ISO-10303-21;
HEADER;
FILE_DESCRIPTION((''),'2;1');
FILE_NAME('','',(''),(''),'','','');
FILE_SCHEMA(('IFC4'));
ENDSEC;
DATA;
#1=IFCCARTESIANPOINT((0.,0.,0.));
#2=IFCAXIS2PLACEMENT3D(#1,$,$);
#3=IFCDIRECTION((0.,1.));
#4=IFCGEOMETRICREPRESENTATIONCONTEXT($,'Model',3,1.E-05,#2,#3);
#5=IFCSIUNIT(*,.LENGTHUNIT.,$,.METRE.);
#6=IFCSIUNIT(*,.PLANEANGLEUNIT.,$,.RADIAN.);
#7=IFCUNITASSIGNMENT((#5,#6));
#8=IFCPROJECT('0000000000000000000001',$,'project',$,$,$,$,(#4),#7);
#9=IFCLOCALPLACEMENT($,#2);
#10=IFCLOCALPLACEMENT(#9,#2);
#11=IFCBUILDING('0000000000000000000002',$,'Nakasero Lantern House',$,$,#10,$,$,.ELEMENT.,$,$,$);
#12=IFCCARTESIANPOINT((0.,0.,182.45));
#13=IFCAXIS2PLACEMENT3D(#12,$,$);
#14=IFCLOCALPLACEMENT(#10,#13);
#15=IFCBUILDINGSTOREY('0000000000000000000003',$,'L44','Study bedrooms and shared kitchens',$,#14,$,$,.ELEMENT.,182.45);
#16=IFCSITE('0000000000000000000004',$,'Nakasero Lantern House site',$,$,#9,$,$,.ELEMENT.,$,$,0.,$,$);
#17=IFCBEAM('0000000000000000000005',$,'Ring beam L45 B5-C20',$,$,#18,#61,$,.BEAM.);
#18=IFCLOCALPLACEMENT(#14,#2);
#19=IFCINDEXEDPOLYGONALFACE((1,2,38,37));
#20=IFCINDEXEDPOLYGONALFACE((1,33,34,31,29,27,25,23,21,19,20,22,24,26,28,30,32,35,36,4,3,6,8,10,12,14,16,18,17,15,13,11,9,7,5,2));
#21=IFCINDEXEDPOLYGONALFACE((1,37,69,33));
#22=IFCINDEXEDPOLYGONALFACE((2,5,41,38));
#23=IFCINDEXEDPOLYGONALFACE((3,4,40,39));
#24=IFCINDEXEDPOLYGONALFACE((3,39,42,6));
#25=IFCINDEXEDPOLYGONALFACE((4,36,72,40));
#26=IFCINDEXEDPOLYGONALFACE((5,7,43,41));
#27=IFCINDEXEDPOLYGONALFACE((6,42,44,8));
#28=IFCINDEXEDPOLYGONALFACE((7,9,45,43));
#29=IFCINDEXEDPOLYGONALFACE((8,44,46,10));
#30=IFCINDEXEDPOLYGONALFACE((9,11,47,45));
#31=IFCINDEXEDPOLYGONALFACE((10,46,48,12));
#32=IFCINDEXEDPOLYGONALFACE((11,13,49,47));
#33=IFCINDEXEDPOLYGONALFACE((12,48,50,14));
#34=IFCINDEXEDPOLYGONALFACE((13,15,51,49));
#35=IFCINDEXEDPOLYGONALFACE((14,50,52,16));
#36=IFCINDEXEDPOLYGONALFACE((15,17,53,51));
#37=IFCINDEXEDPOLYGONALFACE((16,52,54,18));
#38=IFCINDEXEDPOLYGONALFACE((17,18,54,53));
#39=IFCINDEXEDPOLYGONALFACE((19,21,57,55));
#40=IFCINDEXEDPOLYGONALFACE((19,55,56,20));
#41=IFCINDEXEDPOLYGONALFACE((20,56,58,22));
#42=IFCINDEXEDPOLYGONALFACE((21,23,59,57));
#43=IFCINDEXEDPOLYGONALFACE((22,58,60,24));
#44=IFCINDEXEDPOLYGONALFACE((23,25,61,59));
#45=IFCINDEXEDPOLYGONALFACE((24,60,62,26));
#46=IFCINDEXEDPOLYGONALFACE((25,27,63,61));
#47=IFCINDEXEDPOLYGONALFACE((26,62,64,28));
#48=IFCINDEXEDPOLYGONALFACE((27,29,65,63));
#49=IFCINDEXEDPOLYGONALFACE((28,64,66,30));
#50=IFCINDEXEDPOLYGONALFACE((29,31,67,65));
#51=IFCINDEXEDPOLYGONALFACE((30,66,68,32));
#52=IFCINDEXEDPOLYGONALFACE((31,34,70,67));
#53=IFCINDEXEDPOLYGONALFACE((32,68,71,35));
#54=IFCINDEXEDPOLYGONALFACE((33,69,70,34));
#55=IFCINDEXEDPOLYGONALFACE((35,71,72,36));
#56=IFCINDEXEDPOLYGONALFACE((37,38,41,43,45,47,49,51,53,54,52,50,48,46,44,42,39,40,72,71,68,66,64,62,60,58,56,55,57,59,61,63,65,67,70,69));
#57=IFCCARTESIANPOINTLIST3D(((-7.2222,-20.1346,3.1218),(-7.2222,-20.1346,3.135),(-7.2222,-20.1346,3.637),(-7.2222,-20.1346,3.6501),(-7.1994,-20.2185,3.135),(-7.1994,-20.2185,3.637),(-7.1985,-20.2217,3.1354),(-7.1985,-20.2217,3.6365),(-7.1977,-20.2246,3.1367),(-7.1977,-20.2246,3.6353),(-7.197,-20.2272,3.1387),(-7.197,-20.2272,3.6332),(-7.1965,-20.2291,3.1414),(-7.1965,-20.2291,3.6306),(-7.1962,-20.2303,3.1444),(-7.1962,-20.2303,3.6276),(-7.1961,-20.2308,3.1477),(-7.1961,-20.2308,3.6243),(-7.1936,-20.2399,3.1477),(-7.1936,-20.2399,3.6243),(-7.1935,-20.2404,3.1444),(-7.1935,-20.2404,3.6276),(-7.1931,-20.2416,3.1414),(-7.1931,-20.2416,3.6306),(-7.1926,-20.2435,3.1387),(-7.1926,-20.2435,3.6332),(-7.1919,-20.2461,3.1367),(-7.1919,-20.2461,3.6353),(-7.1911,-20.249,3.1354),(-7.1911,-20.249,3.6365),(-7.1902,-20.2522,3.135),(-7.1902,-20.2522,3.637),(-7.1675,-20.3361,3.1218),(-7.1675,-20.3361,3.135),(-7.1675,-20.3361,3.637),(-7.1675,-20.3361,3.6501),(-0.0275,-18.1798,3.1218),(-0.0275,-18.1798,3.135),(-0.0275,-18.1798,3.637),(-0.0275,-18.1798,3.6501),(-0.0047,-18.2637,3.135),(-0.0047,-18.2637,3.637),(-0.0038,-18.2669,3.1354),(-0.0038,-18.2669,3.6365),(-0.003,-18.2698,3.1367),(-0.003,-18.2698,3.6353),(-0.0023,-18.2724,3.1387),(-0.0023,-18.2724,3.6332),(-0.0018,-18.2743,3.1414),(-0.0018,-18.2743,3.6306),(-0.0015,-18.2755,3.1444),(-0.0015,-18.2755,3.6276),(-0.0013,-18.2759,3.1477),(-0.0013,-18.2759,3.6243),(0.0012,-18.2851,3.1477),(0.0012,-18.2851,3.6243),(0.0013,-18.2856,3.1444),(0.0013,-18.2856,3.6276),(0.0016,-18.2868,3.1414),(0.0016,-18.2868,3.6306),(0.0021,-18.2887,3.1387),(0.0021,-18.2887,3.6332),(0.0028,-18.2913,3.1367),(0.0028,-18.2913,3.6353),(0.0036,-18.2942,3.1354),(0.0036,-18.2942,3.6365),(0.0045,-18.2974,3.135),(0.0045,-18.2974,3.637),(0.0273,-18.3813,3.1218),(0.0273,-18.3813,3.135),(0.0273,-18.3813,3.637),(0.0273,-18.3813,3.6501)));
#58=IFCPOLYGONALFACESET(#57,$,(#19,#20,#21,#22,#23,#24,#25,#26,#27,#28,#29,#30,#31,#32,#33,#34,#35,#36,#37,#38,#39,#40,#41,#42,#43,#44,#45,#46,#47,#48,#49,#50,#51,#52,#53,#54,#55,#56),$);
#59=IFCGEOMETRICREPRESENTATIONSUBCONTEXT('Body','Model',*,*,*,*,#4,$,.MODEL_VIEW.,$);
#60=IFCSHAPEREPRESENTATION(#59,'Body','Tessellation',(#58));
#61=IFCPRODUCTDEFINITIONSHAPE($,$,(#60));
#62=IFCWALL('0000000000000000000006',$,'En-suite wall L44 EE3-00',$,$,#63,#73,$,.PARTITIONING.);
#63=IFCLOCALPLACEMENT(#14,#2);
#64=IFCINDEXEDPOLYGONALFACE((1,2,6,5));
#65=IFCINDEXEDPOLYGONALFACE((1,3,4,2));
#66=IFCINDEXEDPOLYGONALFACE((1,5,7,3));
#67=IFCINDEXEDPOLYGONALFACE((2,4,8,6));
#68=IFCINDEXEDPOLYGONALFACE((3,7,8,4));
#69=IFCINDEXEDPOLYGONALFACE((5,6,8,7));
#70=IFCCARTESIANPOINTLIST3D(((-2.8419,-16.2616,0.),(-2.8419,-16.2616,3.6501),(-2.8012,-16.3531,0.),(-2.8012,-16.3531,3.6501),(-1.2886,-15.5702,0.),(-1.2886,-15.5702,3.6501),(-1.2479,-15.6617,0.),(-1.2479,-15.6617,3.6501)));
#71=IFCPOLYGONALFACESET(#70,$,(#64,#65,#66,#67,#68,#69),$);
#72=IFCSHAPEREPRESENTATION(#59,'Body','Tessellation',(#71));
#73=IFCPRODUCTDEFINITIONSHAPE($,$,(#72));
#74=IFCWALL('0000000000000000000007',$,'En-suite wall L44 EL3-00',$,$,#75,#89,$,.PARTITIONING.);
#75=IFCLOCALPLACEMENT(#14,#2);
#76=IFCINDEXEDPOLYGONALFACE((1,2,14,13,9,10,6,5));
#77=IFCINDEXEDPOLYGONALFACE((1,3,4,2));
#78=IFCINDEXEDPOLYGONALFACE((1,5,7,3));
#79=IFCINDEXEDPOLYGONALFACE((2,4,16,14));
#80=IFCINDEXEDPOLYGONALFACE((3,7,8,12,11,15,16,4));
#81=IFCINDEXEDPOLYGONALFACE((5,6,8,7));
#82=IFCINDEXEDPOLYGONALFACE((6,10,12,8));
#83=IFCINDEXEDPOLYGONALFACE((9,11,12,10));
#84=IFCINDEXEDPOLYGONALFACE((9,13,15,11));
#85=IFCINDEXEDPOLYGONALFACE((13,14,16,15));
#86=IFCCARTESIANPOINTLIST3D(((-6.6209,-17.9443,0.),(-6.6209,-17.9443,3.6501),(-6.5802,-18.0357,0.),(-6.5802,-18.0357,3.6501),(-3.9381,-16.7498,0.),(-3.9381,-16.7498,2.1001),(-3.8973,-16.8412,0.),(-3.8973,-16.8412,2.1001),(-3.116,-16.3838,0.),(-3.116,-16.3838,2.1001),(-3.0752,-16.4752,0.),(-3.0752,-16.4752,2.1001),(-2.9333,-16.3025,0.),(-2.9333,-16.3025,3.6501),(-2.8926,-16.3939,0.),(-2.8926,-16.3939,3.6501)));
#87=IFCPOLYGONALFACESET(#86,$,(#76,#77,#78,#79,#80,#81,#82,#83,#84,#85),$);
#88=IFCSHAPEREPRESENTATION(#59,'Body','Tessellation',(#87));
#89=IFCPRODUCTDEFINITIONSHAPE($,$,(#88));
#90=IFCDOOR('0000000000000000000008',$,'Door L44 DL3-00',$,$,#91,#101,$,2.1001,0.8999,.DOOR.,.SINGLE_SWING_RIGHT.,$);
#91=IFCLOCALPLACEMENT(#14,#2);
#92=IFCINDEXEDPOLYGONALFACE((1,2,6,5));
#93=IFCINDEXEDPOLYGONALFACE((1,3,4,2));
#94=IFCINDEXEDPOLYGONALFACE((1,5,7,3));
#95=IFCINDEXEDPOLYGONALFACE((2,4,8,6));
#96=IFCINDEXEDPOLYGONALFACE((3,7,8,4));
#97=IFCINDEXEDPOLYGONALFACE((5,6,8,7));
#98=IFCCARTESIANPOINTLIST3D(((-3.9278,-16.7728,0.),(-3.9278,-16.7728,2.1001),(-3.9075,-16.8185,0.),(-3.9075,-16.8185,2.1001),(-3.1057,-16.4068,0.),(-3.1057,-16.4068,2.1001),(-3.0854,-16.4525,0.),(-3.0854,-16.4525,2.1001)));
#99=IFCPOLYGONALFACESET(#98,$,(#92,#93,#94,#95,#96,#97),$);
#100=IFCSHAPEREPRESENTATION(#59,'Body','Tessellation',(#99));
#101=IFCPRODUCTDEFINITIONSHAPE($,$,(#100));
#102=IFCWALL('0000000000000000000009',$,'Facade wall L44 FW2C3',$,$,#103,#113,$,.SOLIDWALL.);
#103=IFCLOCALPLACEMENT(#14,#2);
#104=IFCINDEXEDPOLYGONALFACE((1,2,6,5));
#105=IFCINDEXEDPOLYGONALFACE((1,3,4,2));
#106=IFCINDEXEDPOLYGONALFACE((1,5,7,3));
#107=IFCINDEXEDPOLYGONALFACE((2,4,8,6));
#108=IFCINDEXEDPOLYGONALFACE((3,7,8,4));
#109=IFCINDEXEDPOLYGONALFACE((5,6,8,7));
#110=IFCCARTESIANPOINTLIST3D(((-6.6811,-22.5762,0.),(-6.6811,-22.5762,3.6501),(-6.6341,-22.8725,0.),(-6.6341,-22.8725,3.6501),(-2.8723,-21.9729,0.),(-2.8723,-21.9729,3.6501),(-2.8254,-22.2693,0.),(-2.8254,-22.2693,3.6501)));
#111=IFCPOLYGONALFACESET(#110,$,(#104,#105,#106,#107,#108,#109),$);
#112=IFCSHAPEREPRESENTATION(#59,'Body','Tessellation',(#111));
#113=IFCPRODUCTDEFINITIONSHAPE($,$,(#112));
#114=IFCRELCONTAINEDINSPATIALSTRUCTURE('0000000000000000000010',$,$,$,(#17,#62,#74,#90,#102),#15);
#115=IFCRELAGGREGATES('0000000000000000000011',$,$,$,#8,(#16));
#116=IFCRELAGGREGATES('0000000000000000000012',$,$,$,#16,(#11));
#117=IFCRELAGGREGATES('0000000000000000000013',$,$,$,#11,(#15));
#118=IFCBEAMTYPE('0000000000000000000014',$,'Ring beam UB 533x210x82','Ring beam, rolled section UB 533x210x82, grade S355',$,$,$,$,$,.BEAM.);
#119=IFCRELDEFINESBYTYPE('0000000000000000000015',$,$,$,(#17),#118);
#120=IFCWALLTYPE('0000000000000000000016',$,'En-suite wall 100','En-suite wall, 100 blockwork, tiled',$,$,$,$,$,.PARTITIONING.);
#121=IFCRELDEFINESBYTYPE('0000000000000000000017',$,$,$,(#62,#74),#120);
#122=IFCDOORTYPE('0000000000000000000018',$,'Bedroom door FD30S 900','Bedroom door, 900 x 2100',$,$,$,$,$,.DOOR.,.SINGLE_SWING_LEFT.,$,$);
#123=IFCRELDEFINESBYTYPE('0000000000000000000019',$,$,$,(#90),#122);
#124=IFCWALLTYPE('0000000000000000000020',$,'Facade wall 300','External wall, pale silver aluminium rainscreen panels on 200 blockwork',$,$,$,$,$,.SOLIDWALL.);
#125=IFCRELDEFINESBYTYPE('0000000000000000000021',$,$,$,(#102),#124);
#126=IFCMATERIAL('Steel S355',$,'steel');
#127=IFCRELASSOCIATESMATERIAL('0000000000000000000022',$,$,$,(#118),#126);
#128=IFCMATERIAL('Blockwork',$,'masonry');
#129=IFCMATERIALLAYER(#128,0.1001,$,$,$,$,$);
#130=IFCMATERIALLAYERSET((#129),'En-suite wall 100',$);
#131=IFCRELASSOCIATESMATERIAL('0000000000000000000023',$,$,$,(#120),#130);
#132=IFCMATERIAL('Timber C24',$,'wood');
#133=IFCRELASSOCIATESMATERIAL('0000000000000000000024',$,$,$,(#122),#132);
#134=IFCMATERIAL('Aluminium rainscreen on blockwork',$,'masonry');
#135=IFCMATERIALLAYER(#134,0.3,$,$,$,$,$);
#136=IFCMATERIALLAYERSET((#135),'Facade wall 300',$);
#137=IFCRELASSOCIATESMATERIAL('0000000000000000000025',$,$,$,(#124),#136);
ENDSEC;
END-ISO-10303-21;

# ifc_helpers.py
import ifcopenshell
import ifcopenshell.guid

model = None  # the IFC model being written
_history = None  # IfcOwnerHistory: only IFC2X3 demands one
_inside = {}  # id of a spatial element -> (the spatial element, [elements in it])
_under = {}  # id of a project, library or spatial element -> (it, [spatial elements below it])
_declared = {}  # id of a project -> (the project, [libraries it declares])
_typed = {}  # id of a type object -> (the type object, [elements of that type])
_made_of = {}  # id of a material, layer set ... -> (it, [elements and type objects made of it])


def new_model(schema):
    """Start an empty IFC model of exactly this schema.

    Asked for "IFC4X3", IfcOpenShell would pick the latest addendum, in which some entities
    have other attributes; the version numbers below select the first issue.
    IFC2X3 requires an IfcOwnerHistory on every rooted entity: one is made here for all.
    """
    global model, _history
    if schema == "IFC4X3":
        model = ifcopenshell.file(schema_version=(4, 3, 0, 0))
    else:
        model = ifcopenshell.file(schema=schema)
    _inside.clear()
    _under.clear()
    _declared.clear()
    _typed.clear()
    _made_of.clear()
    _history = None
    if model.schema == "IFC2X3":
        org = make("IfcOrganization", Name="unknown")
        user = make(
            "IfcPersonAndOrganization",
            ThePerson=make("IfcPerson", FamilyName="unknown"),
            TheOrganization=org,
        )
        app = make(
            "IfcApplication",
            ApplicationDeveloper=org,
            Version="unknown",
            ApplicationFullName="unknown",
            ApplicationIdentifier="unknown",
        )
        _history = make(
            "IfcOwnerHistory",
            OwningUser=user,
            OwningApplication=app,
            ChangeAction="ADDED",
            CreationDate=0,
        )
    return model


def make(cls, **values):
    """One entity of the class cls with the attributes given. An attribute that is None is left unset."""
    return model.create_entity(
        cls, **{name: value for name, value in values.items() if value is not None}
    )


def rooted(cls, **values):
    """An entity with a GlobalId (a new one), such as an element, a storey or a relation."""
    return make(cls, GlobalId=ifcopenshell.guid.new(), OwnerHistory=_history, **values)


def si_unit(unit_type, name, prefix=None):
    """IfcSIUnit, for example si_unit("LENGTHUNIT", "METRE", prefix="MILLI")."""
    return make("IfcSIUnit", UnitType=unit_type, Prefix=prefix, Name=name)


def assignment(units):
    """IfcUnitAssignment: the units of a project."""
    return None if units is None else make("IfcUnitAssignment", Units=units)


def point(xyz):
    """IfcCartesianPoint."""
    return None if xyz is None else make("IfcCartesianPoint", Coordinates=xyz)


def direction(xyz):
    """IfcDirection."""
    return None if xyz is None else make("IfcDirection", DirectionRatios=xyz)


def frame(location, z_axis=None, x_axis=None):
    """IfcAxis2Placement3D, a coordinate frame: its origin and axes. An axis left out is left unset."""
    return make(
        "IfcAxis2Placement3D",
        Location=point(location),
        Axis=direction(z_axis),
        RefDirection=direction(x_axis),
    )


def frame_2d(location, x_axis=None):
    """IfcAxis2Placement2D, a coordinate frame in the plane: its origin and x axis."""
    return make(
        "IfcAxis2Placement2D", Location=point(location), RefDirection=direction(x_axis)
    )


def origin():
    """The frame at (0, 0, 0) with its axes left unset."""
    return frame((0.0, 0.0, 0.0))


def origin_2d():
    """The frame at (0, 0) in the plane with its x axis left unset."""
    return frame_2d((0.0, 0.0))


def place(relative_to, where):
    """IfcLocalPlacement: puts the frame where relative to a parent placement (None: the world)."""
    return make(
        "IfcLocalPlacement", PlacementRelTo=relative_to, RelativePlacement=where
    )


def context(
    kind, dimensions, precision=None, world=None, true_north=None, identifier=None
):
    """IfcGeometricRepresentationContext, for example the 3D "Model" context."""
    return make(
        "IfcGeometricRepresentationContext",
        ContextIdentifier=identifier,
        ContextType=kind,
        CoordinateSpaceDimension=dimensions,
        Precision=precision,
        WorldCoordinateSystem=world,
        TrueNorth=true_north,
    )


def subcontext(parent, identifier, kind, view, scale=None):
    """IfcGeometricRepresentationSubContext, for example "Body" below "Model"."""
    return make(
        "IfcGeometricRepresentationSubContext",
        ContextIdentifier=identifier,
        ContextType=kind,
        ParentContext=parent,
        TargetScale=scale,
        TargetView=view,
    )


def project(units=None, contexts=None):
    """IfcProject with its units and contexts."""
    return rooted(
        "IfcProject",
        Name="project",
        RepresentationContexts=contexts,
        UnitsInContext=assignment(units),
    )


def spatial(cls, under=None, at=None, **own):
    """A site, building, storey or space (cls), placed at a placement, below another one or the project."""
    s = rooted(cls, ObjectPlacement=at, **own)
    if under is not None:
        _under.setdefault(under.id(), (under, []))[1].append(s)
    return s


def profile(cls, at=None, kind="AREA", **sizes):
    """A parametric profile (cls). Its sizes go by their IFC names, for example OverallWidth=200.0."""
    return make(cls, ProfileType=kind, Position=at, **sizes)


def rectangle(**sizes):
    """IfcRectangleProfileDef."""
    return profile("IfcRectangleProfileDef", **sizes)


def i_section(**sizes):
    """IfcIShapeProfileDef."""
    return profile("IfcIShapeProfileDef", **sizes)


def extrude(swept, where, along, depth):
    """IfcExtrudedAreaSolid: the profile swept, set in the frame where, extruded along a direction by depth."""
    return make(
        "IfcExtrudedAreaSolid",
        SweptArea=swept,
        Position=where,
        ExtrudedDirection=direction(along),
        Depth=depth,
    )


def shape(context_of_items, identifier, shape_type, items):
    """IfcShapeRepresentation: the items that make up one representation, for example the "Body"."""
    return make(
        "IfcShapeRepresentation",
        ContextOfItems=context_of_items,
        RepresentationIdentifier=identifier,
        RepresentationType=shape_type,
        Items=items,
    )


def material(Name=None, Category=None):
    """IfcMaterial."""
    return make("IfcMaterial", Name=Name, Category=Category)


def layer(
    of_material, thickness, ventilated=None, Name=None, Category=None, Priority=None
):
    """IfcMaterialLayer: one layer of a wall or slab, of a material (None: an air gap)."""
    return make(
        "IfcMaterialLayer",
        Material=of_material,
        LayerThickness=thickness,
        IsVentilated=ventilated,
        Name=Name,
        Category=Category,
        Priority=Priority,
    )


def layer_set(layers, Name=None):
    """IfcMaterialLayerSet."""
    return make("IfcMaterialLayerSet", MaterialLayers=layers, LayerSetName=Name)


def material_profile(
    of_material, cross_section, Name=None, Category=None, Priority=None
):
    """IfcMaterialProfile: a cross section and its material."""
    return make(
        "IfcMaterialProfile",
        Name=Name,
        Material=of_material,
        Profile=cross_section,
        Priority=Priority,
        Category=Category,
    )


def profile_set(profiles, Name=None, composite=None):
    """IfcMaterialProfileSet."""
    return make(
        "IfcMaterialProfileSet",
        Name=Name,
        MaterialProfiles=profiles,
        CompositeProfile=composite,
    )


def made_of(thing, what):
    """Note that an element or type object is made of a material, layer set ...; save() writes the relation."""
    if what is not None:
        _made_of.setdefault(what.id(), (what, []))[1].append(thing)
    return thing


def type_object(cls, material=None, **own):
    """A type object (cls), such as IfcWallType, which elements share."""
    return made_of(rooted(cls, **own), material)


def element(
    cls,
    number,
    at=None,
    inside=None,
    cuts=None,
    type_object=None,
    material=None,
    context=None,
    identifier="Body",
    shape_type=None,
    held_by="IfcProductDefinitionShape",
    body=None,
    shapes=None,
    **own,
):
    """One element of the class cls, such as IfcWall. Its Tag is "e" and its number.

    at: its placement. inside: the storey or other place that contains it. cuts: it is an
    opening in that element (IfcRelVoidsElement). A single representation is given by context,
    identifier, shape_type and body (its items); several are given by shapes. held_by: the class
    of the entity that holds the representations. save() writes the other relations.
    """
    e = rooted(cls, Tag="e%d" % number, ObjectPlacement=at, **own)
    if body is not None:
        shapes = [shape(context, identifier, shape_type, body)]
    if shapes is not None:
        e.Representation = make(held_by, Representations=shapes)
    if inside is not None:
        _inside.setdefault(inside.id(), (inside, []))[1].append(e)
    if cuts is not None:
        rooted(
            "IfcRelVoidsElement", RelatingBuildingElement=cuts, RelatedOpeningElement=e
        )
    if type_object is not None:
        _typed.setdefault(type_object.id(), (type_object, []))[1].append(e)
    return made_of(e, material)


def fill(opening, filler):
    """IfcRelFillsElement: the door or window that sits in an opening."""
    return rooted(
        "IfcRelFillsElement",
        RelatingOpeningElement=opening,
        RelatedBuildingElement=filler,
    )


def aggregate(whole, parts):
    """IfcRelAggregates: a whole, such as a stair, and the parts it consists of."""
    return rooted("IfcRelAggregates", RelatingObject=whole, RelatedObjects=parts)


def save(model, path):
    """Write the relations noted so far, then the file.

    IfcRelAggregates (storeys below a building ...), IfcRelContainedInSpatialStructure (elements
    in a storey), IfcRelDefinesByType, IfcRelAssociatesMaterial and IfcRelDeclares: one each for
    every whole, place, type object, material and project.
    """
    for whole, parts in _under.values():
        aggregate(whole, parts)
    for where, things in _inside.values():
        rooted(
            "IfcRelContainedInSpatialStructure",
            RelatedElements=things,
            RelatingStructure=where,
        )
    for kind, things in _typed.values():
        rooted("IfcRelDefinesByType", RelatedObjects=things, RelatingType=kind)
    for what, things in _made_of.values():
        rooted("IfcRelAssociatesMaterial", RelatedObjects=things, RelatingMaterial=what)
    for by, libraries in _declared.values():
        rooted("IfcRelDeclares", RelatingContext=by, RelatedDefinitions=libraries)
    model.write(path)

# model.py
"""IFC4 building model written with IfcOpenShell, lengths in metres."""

from ifc_helpers import new_model, si_unit, direction, frame, frame_2d, origin, origin_2d, place, context, subcontext, project, spatial, rectangle, i_section, extrude, material, layer, layer_set, material_profile, profile_set, type_object, element, fill, save


model = new_model("IFC4")

# Units and contexts
model_context = context("Model", 3, precision=1e-05, world=origin(), true_north=direction((0.0, 1.0)))
body_context = subcontext(model_context, "Body", "Model", "MODEL_VIEW")
ifc_project = project(units=[si_unit("LENGTHUNIT", "METRE"), si_unit("PLANEANGLEUNIT", "RADIAN")], contexts=[model_context])

# Site, building, storey
site_placement = place(None, origin())
site = spatial("IfcSite", under=ifc_project, at=site_placement, Name="Nakasero Lantern House site", CompositionType="ELEMENT", RefElevation=0.0)
building_placement = place(site_placement, origin())
building = spatial("IfcBuilding", under=site, at=building_placement, Name="Nakasero Lantern House", CompositionType="ELEMENT")
storey_placement = place(building_placement, frame((0.0, 0.0, 182.45)))
storey = spatial("IfcBuildingStorey", under=building, at=storey_placement, Name="L44", Description="Study bedrooms and shared kitchens", CompositionType="ELEMENT", Elevation=182.45)

# Beam
ifc_material_1 = material(Name="Steel S355", Category="steel")
ifc_material_profile_1 = material_profile(ifc_material_1, i_section(OverallWidth=0.2087, OverallDepth=0.5283, WebThickness=0.0095, FlangeThickness=0.0132, FilletRadius=0.0127, at=origin_2d()), Name="UB 533x210x82")
ifc_profile_set_1 = profile_set([ifc_material_profile_1], Name="Steel S355")
beam_type_1 = type_object("IfcBeamType", Name="Ring beam UB 533x210x82", Description="Ring beam, rolled section UB 533x210x82, grade S355", PredefinedType="BEAM", material=ifc_profile_set_1)
beam_1_placement = place(storey_placement, frame((-7.1948, -20.2354, 3.386), z_axis=(0.965015, 0.262195, 0.0), x_axis=(-0.262195, 0.965015, 0.0)))
element("IfcBeam", 1, at=beam_1_placement, inside=storey, type_object=beam_type_1, Name="Ring beam L45 B5-C20", PredefinedType="BEAM", context=body_context, shape_type="SweptSolid", body=[
    extrude(i_section(OverallWidth=0.2087, OverallDepth=0.5283, WebThickness=0.0095, FlangeThickness=0.0132, FilletRadius=0.0127, at=origin_2d()), origin(), (0.0, 0.0, 1.0), 7.4556),
])

# Wall
ifc_material_2 = material(Name="Blockwork", Category="masonry")
ifc_layer_1 = layer(ifc_material_2, 0.1001)
ifc_layer_set_1 = layer_set([ifc_layer_1], Name="En-suite wall 100")
wall_type_1 = type_object("IfcWallType", Name="En-suite wall 100", Description="En-suite wall, 100 blockwork, tiled", PredefinedType="PARTITIONING", material=ifc_layer_set_1)
wall_1_placement = place(storey_placement, frame((-2.8215, -16.3074, 0.0), z_axis=(0.0, 0.0, 1.0), x_axis=(0.913575, 0.406671, 0.0)))
element("IfcWall", 2, at=wall_1_placement, inside=storey, type_object=wall_type_1, Name="En-suite wall L44 EE3-00", PredefinedType="PARTITIONING", context=body_context, shape_type="SweptSolid", body=[
    extrude(rectangle(XDim=1.7002, YDim=0.1001, at=frame_2d((0.8501, 0.0))), origin(), (0.0, 0.0, 1.0), 3.6501),
])

# Wall, opening, door
wall_2_placement = place(storey_placement, frame((-6.6006, -17.99, 0.0), z_axis=(0.0, 0.0, 1.0), x_axis=(0.913549, 0.406728, 0.0)))
wall_2 = element("IfcWall", 3, at=wall_2_placement, inside=storey, type_object=wall_type_1, Name="En-suite wall L44 EL3-00", PredefinedType="PARTITIONING", context=body_context, shape_type="SweptSolid", body=[
    extrude(rectangle(XDim=4.0366, YDim=0.1001, at=frame_2d((2.0183, 0.0))), origin(), (0.0, 0.0, 1.0), 3.6501),
])
opening_1_placement = place(wall_2_placement, frame((2.9368, 0.0, 0.0)))
opening_1 = element("IfcOpeningElement", 4, at=opening_1_placement, cuts=wall_2, PredefinedType="OPENING", context=body_context, shape_type="SweptSolid", body=[
    extrude(rectangle(XDim=0.8999, YDim=2.1001, at=frame_2d((0.45, 1.05))), frame((0.0, 0.0701, 0.0), z_axis=(0.0, -1.0, 0.0), x_axis=(1.0, 0.0, 0.0)), (0.0, 0.0, 1.0), 0.1401),
])
ifc_material_3 = material(Name="Timber C24", Category="wood")
door_type = type_object("IfcDoorType", Name="Bedroom door FD30S 900", Description="Bedroom door, 900 x 2100", OperationType="SINGLE_SWING_LEFT", PredefinedType="DOOR", material=ifc_material_3)
door_placement = place(opening_1_placement, origin())
door = element("IfcDoor", 5, at=door_placement, inside=storey, type_object=door_type, Name="Door L44 DL3-00", OperationType="SINGLE_SWING_RIGHT", OverallHeight=2.1001, OverallWidth=0.8999, PredefinedType="DOOR", context=body_context, shape_type="SweptSolid", body=[
    extrude(rectangle(XDim=0.8999, YDim=2.1001, at=frame_2d((0.45, 1.05))), frame((0.0, 0.0249, 0.0), z_axis=(0.0, -1.0, 0.0), x_axis=(1.0, 0.0, 0.0)), (0.0, 0.0, 1.0), 0.05),
])
fill(opening_1, door)

# Wall
ifc_material_4 = material(Name="Aluminium rainscreen on blockwork", Category="masonry")
ifc_layer_2 = layer(ifc_material_4, 0.3)
ifc_layer_set_2 = layer_set([ifc_layer_2], Name="Facade wall 300")
wall_type_2 = type_object("IfcWallType", Name="Facade wall 300", Description="External wall, pale silver aluminium rainscreen panels on 200 blockwork", PredefinedType="SOLIDWALL", material=ifc_layer_set_2)
wall_3_placement = place(storey_placement, frame((-6.6577, -22.7244, 0.0), z_axis=(0.0, 0.0, 1.0), x_axis=(0.987688, 0.156437, 0.0)))
element("IfcWall", 6, at=wall_3_placement, inside=storey, type_object=wall_type_2, Name="Facade wall L44 FW2C3", PredefinedType="SOLIDWALL", context=body_context, shape_type="SweptSolid", body=[
    extrude(rectangle(XDim=3.8562, YDim=0.3, at=frame_2d((1.9282, 0.0))), origin(), (0.0, 0.0, 1.0), 3.6501),
])

save(model, "model.ifc")
